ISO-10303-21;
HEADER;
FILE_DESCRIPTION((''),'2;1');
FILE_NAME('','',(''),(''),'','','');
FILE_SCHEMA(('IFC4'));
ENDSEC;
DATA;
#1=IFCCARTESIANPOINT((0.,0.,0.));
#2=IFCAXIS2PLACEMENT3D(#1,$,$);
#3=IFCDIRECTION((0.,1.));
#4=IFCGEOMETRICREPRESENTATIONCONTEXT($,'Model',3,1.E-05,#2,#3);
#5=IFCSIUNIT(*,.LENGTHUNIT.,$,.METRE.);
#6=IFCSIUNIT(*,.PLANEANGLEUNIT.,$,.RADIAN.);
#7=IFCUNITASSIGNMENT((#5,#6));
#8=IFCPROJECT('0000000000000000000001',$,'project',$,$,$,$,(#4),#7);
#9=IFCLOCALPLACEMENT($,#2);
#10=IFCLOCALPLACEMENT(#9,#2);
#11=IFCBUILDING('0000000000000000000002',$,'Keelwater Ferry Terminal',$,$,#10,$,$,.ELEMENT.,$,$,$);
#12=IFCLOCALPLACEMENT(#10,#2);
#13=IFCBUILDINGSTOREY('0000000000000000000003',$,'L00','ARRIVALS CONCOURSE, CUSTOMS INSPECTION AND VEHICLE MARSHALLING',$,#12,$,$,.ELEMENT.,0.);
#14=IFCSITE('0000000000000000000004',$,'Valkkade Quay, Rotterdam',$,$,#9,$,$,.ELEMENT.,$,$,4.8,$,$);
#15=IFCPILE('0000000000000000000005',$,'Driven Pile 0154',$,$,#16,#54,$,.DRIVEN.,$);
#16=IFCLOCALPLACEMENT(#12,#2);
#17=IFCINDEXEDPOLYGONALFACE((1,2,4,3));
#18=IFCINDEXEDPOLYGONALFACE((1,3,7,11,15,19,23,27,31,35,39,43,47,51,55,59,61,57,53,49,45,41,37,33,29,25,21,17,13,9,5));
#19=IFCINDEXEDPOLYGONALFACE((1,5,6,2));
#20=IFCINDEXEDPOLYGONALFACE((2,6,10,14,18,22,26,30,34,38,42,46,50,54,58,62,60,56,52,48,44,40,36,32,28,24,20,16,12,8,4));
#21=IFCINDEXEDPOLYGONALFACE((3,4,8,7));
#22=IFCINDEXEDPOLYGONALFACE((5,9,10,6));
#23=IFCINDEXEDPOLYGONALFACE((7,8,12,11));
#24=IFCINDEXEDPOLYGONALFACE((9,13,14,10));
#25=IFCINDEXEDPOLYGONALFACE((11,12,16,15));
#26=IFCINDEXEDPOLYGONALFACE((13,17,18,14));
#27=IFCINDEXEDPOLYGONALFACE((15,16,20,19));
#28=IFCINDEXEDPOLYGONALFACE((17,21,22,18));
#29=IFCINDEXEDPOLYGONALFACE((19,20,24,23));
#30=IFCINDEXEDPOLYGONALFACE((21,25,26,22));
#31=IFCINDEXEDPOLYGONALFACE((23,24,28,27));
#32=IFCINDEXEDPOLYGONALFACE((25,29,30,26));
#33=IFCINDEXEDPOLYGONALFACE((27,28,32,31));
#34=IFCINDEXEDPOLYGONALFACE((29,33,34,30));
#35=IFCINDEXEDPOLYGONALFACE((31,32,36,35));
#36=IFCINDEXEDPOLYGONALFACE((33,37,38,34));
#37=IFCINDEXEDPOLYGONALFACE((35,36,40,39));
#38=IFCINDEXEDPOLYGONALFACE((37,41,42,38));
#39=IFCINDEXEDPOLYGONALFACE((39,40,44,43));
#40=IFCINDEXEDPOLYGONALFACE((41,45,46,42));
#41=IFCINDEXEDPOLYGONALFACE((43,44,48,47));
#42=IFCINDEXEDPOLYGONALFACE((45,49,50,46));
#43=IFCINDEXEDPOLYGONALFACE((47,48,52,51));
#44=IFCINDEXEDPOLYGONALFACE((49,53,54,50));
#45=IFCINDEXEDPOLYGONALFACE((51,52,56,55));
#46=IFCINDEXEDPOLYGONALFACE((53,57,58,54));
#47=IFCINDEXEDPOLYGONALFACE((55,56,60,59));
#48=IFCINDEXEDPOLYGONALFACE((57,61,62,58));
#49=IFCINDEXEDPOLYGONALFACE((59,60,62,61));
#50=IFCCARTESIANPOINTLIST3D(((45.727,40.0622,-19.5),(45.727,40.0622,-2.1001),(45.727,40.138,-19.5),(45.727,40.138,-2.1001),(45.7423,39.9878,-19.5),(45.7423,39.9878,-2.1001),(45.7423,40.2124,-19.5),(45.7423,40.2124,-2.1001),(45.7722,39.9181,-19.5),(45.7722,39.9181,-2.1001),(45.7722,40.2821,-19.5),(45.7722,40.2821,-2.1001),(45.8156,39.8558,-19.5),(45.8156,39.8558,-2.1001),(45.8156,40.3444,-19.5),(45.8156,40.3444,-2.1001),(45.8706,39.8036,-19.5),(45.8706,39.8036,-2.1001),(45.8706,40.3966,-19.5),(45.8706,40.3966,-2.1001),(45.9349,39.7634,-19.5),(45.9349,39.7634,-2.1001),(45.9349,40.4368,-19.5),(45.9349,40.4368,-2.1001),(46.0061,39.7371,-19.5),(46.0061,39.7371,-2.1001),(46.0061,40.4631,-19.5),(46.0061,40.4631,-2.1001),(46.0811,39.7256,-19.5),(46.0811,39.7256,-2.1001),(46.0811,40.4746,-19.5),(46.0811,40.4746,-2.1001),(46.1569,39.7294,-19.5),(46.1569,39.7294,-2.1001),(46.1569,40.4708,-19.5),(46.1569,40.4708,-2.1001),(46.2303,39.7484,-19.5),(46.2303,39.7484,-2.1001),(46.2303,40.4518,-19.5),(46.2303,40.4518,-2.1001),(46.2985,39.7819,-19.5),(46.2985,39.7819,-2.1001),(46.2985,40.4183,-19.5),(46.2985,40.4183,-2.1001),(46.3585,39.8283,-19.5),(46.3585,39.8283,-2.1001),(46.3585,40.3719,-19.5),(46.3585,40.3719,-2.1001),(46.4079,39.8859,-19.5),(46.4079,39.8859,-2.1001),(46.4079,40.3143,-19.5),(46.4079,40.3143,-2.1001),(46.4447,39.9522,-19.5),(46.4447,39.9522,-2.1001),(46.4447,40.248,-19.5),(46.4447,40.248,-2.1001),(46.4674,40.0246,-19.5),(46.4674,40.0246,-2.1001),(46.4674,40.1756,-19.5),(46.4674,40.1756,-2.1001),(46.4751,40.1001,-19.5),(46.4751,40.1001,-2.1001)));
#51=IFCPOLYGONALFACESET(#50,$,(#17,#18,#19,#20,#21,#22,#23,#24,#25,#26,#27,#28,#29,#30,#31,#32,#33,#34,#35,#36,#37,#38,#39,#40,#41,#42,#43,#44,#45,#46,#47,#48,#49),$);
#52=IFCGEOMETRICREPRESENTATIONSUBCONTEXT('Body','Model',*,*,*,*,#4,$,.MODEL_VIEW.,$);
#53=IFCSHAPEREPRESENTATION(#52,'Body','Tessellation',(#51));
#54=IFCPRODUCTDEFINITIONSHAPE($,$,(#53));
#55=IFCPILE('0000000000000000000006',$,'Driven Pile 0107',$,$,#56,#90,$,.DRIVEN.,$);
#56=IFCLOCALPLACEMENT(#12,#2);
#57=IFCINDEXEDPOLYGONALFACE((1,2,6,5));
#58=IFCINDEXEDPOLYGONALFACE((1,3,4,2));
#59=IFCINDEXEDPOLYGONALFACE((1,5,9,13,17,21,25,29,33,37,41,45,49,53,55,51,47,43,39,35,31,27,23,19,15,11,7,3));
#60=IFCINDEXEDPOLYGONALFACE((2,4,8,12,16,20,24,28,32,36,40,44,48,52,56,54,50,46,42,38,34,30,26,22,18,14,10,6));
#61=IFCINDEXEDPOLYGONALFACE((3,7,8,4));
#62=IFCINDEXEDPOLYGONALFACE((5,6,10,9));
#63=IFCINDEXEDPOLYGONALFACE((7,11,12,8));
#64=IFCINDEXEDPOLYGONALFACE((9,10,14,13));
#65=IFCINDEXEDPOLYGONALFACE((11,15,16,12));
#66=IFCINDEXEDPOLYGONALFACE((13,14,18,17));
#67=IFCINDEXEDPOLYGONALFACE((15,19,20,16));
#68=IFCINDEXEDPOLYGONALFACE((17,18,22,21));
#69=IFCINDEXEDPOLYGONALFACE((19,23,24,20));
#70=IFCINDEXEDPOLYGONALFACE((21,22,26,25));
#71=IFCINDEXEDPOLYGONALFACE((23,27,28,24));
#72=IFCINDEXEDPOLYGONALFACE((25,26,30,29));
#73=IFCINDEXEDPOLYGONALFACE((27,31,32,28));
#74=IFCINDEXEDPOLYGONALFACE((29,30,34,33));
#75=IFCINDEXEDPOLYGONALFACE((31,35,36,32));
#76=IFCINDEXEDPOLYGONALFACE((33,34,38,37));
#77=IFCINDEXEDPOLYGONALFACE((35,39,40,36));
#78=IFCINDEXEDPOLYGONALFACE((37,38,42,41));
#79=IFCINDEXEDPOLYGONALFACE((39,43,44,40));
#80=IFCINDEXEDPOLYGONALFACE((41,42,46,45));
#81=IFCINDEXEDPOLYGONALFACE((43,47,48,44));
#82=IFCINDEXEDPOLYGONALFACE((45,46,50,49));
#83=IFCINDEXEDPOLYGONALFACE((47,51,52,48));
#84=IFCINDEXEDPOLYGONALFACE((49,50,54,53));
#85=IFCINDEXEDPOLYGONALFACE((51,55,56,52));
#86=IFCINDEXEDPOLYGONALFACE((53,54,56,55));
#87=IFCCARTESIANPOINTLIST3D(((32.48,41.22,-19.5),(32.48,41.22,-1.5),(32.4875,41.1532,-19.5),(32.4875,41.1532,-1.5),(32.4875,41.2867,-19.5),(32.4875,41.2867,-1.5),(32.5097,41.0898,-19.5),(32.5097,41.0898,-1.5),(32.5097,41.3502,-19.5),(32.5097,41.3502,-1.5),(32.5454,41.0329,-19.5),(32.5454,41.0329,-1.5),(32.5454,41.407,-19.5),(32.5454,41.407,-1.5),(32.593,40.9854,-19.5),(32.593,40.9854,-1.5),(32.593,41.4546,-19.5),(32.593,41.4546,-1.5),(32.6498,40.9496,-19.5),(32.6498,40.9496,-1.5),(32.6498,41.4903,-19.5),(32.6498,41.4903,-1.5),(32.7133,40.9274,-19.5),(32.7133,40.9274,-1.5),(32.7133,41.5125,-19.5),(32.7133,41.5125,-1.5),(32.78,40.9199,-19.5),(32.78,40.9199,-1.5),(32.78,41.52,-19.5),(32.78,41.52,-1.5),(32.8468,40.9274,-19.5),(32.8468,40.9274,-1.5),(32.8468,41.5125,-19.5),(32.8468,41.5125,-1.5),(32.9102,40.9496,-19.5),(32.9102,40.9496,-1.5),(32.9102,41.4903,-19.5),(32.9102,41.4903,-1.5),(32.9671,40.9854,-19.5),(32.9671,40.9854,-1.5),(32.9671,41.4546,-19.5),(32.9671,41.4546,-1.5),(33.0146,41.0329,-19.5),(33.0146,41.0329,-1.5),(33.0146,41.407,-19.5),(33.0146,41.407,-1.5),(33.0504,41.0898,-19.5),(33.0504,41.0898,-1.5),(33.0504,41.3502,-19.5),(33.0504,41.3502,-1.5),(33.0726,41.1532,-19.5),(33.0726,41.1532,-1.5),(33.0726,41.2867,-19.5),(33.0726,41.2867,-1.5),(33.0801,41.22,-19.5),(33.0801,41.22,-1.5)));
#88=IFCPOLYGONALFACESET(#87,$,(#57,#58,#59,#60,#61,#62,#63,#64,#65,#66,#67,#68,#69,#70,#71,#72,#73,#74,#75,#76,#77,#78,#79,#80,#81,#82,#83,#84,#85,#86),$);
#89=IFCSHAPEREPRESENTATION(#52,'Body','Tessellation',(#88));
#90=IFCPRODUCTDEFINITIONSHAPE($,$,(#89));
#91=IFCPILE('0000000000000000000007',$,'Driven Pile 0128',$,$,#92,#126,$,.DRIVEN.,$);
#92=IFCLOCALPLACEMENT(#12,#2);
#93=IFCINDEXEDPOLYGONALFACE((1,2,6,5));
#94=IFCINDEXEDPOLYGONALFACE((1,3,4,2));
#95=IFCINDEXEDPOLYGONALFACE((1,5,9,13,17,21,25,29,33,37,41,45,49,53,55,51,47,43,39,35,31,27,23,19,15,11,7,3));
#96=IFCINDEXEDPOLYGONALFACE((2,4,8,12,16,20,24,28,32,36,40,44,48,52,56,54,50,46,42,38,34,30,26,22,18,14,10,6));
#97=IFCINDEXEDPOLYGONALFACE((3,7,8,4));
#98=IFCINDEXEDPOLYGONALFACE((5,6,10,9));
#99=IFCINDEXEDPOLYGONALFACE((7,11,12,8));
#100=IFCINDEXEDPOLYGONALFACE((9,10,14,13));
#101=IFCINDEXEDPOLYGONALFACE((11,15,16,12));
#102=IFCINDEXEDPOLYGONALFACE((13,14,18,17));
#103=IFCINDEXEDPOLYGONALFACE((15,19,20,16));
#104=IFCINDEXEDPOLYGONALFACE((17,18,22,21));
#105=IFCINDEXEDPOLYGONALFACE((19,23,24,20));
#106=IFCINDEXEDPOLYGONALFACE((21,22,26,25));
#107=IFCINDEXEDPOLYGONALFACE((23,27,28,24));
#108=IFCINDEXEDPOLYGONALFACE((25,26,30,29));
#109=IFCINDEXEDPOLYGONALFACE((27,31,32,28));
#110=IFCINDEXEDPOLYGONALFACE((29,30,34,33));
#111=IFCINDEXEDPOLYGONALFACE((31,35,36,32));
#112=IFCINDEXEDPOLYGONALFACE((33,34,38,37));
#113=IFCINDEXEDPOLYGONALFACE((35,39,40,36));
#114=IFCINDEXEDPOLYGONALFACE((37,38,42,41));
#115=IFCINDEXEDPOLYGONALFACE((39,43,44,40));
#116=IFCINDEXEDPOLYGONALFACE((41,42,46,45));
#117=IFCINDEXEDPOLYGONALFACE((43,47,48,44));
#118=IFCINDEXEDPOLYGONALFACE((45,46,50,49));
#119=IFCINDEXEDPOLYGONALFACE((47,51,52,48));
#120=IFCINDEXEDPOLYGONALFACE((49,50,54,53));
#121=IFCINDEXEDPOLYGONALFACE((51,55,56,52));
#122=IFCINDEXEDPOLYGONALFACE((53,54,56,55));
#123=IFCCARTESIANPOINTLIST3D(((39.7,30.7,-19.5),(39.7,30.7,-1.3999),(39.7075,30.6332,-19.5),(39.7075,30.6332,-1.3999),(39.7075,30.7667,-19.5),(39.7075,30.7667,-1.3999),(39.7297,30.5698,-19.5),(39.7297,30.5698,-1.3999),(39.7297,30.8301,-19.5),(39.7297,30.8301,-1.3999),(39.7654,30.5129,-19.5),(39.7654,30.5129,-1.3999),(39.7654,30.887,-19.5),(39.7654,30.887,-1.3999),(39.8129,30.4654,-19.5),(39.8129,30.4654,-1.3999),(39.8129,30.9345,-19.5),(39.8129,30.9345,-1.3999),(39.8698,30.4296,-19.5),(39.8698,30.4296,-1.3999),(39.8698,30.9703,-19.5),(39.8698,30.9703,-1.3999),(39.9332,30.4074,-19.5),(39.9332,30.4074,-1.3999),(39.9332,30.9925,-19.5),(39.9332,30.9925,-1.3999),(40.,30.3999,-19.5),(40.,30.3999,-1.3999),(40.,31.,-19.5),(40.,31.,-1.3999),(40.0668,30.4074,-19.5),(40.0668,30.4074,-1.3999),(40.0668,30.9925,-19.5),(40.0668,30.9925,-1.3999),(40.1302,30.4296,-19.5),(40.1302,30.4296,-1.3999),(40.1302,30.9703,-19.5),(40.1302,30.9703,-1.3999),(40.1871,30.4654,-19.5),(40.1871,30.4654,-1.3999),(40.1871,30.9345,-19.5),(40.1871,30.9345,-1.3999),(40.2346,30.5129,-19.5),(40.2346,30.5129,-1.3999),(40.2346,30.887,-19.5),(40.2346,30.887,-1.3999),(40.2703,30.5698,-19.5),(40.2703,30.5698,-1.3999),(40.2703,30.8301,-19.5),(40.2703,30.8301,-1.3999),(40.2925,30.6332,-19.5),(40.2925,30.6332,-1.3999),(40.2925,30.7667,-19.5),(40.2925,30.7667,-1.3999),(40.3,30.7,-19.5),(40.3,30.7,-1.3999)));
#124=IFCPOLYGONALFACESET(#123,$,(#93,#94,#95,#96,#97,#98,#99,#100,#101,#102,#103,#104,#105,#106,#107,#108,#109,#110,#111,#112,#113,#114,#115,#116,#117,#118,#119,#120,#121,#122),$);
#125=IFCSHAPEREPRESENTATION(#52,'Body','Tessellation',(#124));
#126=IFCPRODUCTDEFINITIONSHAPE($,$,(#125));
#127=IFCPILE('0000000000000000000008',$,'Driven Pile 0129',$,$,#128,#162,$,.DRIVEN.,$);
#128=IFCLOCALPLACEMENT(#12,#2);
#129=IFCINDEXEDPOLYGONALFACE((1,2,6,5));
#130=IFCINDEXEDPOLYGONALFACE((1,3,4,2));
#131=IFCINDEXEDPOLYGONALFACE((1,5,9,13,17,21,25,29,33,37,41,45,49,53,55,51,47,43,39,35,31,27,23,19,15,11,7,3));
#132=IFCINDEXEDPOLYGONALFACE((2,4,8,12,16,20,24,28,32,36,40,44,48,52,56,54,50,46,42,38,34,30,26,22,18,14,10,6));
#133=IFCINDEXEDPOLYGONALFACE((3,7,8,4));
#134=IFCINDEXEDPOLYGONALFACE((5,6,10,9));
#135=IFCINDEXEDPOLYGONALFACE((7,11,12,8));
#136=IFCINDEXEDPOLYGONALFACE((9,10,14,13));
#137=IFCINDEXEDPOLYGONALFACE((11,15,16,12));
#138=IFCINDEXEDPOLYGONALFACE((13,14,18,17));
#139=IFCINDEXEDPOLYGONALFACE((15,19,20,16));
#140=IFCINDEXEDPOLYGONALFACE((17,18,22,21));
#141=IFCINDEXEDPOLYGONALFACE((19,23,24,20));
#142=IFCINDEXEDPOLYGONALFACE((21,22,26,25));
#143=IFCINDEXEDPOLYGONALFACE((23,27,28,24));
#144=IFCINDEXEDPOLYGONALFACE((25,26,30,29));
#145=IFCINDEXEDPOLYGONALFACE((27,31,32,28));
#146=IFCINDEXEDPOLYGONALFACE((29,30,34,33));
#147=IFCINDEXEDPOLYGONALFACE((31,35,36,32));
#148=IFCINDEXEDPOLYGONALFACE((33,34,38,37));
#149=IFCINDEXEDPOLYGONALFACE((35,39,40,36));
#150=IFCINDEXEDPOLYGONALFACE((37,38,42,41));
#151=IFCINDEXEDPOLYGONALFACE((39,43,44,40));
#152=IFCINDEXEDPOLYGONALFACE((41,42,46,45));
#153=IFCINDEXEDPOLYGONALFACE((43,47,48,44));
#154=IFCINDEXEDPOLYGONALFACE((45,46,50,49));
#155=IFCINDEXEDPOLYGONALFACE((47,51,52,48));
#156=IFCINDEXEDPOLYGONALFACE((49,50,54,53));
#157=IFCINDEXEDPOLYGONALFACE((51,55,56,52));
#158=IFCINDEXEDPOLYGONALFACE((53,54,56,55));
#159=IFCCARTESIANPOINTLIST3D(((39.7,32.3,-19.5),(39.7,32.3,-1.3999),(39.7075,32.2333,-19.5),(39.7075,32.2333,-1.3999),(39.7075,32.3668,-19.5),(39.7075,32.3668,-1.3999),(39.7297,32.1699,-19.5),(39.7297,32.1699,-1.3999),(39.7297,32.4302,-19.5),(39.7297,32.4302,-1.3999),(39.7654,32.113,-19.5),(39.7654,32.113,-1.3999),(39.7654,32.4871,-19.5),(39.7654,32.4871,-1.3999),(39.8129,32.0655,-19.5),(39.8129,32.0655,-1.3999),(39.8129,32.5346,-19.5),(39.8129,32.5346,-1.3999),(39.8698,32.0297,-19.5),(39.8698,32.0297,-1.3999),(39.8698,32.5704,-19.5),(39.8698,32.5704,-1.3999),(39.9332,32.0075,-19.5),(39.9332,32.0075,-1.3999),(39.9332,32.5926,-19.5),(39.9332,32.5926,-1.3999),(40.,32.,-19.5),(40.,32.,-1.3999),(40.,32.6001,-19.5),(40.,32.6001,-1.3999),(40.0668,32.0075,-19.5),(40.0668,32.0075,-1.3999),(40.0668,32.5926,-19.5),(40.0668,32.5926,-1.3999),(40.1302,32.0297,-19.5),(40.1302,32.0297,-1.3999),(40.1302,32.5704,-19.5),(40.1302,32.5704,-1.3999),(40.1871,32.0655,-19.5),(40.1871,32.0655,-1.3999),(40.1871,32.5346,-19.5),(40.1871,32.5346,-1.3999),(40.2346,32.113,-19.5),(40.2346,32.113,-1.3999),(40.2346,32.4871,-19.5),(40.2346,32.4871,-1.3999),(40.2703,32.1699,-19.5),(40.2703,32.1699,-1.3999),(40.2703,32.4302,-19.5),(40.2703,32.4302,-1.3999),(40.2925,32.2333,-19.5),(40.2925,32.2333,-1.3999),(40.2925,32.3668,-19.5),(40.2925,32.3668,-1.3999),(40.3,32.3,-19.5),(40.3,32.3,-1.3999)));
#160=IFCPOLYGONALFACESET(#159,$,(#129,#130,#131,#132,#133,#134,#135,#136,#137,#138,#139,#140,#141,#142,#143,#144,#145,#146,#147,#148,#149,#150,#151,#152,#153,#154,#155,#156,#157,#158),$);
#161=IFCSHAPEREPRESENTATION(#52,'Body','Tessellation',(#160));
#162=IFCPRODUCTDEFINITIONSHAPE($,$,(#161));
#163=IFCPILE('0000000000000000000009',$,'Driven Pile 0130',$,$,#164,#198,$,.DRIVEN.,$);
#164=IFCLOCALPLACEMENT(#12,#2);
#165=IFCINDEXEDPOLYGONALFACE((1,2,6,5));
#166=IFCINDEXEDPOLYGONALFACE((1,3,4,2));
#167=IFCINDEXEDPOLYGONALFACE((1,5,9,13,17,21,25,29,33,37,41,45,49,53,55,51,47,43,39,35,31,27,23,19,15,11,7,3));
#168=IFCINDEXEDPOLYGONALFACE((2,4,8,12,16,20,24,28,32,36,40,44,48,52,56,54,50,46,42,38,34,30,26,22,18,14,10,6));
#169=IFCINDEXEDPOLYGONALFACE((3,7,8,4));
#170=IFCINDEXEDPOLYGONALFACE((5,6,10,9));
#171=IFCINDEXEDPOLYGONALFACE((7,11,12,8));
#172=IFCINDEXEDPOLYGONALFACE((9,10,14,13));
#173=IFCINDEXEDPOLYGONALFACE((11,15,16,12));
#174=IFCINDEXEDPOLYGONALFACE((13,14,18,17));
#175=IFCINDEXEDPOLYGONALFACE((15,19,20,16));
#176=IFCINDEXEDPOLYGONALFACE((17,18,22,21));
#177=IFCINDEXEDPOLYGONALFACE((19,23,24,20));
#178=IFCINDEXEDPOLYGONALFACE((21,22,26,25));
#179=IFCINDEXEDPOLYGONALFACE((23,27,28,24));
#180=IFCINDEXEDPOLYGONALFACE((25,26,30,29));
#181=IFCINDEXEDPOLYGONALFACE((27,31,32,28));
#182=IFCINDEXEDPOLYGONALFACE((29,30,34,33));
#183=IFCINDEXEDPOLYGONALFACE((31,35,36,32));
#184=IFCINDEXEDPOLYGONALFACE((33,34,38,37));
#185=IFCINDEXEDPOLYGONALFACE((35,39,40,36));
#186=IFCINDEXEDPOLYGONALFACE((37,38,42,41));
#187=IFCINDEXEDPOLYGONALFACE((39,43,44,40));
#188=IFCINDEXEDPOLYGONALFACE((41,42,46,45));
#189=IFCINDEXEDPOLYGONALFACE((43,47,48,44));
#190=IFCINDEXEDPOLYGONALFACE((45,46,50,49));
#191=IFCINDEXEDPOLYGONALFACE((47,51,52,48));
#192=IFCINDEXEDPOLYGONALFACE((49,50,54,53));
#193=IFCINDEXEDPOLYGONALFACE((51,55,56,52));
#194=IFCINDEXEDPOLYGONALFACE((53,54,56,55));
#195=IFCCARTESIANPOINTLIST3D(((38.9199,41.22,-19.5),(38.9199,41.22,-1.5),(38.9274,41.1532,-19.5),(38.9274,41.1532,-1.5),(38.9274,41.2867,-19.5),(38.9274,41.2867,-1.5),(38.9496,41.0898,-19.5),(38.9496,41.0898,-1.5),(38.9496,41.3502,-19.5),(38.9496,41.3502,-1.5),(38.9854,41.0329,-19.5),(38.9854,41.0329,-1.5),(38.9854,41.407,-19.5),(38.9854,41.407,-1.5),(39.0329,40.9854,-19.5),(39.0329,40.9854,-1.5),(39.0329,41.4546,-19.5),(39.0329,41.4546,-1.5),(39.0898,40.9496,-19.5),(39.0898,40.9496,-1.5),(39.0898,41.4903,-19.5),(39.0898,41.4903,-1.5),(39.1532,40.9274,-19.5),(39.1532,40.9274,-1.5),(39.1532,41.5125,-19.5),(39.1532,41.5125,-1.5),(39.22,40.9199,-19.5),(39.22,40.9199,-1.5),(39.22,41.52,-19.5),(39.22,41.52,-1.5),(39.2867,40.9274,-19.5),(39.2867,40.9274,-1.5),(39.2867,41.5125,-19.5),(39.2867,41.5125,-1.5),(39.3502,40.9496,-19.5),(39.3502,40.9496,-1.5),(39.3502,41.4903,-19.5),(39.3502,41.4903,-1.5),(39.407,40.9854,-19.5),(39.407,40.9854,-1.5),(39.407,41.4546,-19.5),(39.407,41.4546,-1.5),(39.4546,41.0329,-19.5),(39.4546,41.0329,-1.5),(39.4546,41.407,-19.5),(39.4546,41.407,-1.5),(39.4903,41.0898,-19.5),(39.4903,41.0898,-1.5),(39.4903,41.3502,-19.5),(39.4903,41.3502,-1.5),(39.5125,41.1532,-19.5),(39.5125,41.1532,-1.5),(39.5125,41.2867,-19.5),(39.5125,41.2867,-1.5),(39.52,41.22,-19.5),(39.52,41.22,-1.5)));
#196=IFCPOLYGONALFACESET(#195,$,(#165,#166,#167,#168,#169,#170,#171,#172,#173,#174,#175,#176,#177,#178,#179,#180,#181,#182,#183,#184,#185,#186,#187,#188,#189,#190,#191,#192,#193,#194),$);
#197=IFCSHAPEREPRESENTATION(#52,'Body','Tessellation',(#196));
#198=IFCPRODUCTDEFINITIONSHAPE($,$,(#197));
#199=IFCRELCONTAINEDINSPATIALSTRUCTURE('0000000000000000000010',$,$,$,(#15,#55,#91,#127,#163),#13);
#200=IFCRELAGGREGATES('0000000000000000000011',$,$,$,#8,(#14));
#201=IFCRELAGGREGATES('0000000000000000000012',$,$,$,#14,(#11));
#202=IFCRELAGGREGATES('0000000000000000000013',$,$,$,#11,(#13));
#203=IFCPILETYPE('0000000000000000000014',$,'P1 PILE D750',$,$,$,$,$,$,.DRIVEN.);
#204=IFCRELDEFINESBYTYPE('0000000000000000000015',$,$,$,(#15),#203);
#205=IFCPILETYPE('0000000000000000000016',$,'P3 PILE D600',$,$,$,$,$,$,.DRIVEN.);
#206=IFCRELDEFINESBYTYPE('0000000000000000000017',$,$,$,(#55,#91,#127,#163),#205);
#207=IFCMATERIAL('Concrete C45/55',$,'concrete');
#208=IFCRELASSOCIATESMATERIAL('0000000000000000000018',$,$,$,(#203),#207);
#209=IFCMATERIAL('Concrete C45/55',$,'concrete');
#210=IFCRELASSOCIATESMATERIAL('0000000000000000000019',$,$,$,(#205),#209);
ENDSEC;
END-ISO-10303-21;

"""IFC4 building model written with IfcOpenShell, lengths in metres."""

from ifc_helpers import new_model, si_unit, direction, frame, origin, origin_2d, place, context, subcontext, project, spatial, circle, extrude, material, material_profile, profile_set, type_object, element, save


model = new_model("IFC4")

# Units and contexts
model_context = context("Model", 3, precision=1e-05, world=origin(), true_north=direction((0.0, 1.0)))
body_context = subcontext(model_context, "Body", "Model", "MODEL_VIEW")
ifc_project = project(units=[si_unit("LENGTHUNIT", "METRE"), si_unit("PLANEANGLEUNIT", "RADIAN")], contexts=[model_context])

# Site, building, storey
site_placement = place(None, origin())
site = spatial("IfcSite", under=ifc_project, at=site_placement, Name="Valkkade Quay, Rotterdam", CompositionType="ELEMENT", RefElevation=4.8)
building_placement = place(site_placement, origin())
building = spatial("IfcBuilding", under=site, at=building_placement, Name="Keelwater Ferry Terminal", CompositionType="ELEMENT")
storey_placement = place(building_placement, origin())
storey = spatial("IfcBuildingStorey", under=building, at=storey_placement, Name="L00", Description="ARRIVALS CONCOURSE, CUSTOMS INSPECTION AND VEHICLE MARSHALLING", CompositionType="ELEMENT", Elevation=0.0)

# Piles
ifc_material_1 = material(Name="Concrete C45/55", Category="concrete")
ifc_material_profile_1 = material_profile(ifc_material_1, circle(Radius=0.375, at=origin_2d()), Name="PILE D750")
ifc_profile_set_1 = profile_set([ifc_material_profile_1], Name="Concrete C45/55")
pile_type_1 = type_object("IfcPileType", Name="P1 PILE D750", PredefinedType="DRIVEN", material=ifc_profile_set_1)
pile_1_placement = place(storey_placement, frame((46.1001, 40.1001, -2.1001), z_axis=(0.0, 0.0, -1.0), x_axis=(1.0, 0.0, 0.0)))
element("IfcPile", 1, at=pile_1_placement, inside=storey, type_object=pile_type_1, Name="Driven Pile 0154", PredefinedType="DRIVEN", context=body_context, shape_type="SweptSolid", body=[
    extrude(circle(Radius=0.375, at=origin_2d()), origin(), (0.0, 0.0, 1.0), 17.3999),
])
ifc_material_2 = material(Name="Concrete C45/55", Category="concrete")
ifc_material_profile_2 = material_profile(ifc_material_2, circle(Radius=0.3, at=origin_2d()), Name="PILE D600")
ifc_profile_set_2 = profile_set([ifc_material_profile_2], Name="Concrete C45/55")
pile_type_2 = type_object("IfcPileType", Name="P3 PILE D600", PredefinedType="DRIVEN", material=ifc_profile_set_2)
pile_2_placement = place(storey_placement, frame((32.78, 41.22, -1.5), z_axis=(0.0, 0.0, -1.0), x_axis=(1.0, 0.0, 0.0)))
element("IfcPile", 2, at=pile_2_placement, inside=storey, type_object=pile_type_2, Name="Driven Pile 0107", PredefinedType="DRIVEN", context=body_context, shape_type="SweptSolid", body=[
    extrude(circle(Radius=0.3, at=origin_2d()), origin(), (0.0, 0.0, 1.0), 18.0),
])
for number, where, z_axis, x_axis, name in (
    (3, (40.0, 30.7, -1.3999), (0.0, 0.0, -1.0), (1.0, 0.0, 0.0), "Driven Pile 0128"),
    (4, (40.0, 32.3, -1.3999), (0.0, 0.0, -1.0), (1.0, 0.0, 0.0), "Driven Pile 0129"),
):
    element("IfcPile", number, at=place(storey_placement, frame(where, z_axis=z_axis, x_axis=x_axis)), inside=storey, type_object=pile_type_2, Name=name, PredefinedType="DRIVEN", context=body_context, shape_type="SweptSolid", body=[
        extrude(circle(Radius=0.3, at=origin_2d()), origin(), (0.0, 0.0, 1.0), 18.1001),
    ])
for number, where, z_axis, x_axis, name in (
    (5, (39.22, 41.22, -1.5), (0.0, 0.0, -1.0), (1.0, 0.0, 0.0), "Driven Pile 0130"),
):
    element("IfcPile", number, at=place(storey_placement, frame(where, z_axis=z_axis, x_axis=x_axis)), inside=storey, type_object=pile_type_2, Name=name, PredefinedType="DRIVEN", context=body_context, shape_type="SweptSolid", body=[
        extrude(circle(Radius=0.3, at=origin_2d()), origin(), (0.0, 0.0, 1.0), 18.0),
    ])

save(model, "model.ifc")
